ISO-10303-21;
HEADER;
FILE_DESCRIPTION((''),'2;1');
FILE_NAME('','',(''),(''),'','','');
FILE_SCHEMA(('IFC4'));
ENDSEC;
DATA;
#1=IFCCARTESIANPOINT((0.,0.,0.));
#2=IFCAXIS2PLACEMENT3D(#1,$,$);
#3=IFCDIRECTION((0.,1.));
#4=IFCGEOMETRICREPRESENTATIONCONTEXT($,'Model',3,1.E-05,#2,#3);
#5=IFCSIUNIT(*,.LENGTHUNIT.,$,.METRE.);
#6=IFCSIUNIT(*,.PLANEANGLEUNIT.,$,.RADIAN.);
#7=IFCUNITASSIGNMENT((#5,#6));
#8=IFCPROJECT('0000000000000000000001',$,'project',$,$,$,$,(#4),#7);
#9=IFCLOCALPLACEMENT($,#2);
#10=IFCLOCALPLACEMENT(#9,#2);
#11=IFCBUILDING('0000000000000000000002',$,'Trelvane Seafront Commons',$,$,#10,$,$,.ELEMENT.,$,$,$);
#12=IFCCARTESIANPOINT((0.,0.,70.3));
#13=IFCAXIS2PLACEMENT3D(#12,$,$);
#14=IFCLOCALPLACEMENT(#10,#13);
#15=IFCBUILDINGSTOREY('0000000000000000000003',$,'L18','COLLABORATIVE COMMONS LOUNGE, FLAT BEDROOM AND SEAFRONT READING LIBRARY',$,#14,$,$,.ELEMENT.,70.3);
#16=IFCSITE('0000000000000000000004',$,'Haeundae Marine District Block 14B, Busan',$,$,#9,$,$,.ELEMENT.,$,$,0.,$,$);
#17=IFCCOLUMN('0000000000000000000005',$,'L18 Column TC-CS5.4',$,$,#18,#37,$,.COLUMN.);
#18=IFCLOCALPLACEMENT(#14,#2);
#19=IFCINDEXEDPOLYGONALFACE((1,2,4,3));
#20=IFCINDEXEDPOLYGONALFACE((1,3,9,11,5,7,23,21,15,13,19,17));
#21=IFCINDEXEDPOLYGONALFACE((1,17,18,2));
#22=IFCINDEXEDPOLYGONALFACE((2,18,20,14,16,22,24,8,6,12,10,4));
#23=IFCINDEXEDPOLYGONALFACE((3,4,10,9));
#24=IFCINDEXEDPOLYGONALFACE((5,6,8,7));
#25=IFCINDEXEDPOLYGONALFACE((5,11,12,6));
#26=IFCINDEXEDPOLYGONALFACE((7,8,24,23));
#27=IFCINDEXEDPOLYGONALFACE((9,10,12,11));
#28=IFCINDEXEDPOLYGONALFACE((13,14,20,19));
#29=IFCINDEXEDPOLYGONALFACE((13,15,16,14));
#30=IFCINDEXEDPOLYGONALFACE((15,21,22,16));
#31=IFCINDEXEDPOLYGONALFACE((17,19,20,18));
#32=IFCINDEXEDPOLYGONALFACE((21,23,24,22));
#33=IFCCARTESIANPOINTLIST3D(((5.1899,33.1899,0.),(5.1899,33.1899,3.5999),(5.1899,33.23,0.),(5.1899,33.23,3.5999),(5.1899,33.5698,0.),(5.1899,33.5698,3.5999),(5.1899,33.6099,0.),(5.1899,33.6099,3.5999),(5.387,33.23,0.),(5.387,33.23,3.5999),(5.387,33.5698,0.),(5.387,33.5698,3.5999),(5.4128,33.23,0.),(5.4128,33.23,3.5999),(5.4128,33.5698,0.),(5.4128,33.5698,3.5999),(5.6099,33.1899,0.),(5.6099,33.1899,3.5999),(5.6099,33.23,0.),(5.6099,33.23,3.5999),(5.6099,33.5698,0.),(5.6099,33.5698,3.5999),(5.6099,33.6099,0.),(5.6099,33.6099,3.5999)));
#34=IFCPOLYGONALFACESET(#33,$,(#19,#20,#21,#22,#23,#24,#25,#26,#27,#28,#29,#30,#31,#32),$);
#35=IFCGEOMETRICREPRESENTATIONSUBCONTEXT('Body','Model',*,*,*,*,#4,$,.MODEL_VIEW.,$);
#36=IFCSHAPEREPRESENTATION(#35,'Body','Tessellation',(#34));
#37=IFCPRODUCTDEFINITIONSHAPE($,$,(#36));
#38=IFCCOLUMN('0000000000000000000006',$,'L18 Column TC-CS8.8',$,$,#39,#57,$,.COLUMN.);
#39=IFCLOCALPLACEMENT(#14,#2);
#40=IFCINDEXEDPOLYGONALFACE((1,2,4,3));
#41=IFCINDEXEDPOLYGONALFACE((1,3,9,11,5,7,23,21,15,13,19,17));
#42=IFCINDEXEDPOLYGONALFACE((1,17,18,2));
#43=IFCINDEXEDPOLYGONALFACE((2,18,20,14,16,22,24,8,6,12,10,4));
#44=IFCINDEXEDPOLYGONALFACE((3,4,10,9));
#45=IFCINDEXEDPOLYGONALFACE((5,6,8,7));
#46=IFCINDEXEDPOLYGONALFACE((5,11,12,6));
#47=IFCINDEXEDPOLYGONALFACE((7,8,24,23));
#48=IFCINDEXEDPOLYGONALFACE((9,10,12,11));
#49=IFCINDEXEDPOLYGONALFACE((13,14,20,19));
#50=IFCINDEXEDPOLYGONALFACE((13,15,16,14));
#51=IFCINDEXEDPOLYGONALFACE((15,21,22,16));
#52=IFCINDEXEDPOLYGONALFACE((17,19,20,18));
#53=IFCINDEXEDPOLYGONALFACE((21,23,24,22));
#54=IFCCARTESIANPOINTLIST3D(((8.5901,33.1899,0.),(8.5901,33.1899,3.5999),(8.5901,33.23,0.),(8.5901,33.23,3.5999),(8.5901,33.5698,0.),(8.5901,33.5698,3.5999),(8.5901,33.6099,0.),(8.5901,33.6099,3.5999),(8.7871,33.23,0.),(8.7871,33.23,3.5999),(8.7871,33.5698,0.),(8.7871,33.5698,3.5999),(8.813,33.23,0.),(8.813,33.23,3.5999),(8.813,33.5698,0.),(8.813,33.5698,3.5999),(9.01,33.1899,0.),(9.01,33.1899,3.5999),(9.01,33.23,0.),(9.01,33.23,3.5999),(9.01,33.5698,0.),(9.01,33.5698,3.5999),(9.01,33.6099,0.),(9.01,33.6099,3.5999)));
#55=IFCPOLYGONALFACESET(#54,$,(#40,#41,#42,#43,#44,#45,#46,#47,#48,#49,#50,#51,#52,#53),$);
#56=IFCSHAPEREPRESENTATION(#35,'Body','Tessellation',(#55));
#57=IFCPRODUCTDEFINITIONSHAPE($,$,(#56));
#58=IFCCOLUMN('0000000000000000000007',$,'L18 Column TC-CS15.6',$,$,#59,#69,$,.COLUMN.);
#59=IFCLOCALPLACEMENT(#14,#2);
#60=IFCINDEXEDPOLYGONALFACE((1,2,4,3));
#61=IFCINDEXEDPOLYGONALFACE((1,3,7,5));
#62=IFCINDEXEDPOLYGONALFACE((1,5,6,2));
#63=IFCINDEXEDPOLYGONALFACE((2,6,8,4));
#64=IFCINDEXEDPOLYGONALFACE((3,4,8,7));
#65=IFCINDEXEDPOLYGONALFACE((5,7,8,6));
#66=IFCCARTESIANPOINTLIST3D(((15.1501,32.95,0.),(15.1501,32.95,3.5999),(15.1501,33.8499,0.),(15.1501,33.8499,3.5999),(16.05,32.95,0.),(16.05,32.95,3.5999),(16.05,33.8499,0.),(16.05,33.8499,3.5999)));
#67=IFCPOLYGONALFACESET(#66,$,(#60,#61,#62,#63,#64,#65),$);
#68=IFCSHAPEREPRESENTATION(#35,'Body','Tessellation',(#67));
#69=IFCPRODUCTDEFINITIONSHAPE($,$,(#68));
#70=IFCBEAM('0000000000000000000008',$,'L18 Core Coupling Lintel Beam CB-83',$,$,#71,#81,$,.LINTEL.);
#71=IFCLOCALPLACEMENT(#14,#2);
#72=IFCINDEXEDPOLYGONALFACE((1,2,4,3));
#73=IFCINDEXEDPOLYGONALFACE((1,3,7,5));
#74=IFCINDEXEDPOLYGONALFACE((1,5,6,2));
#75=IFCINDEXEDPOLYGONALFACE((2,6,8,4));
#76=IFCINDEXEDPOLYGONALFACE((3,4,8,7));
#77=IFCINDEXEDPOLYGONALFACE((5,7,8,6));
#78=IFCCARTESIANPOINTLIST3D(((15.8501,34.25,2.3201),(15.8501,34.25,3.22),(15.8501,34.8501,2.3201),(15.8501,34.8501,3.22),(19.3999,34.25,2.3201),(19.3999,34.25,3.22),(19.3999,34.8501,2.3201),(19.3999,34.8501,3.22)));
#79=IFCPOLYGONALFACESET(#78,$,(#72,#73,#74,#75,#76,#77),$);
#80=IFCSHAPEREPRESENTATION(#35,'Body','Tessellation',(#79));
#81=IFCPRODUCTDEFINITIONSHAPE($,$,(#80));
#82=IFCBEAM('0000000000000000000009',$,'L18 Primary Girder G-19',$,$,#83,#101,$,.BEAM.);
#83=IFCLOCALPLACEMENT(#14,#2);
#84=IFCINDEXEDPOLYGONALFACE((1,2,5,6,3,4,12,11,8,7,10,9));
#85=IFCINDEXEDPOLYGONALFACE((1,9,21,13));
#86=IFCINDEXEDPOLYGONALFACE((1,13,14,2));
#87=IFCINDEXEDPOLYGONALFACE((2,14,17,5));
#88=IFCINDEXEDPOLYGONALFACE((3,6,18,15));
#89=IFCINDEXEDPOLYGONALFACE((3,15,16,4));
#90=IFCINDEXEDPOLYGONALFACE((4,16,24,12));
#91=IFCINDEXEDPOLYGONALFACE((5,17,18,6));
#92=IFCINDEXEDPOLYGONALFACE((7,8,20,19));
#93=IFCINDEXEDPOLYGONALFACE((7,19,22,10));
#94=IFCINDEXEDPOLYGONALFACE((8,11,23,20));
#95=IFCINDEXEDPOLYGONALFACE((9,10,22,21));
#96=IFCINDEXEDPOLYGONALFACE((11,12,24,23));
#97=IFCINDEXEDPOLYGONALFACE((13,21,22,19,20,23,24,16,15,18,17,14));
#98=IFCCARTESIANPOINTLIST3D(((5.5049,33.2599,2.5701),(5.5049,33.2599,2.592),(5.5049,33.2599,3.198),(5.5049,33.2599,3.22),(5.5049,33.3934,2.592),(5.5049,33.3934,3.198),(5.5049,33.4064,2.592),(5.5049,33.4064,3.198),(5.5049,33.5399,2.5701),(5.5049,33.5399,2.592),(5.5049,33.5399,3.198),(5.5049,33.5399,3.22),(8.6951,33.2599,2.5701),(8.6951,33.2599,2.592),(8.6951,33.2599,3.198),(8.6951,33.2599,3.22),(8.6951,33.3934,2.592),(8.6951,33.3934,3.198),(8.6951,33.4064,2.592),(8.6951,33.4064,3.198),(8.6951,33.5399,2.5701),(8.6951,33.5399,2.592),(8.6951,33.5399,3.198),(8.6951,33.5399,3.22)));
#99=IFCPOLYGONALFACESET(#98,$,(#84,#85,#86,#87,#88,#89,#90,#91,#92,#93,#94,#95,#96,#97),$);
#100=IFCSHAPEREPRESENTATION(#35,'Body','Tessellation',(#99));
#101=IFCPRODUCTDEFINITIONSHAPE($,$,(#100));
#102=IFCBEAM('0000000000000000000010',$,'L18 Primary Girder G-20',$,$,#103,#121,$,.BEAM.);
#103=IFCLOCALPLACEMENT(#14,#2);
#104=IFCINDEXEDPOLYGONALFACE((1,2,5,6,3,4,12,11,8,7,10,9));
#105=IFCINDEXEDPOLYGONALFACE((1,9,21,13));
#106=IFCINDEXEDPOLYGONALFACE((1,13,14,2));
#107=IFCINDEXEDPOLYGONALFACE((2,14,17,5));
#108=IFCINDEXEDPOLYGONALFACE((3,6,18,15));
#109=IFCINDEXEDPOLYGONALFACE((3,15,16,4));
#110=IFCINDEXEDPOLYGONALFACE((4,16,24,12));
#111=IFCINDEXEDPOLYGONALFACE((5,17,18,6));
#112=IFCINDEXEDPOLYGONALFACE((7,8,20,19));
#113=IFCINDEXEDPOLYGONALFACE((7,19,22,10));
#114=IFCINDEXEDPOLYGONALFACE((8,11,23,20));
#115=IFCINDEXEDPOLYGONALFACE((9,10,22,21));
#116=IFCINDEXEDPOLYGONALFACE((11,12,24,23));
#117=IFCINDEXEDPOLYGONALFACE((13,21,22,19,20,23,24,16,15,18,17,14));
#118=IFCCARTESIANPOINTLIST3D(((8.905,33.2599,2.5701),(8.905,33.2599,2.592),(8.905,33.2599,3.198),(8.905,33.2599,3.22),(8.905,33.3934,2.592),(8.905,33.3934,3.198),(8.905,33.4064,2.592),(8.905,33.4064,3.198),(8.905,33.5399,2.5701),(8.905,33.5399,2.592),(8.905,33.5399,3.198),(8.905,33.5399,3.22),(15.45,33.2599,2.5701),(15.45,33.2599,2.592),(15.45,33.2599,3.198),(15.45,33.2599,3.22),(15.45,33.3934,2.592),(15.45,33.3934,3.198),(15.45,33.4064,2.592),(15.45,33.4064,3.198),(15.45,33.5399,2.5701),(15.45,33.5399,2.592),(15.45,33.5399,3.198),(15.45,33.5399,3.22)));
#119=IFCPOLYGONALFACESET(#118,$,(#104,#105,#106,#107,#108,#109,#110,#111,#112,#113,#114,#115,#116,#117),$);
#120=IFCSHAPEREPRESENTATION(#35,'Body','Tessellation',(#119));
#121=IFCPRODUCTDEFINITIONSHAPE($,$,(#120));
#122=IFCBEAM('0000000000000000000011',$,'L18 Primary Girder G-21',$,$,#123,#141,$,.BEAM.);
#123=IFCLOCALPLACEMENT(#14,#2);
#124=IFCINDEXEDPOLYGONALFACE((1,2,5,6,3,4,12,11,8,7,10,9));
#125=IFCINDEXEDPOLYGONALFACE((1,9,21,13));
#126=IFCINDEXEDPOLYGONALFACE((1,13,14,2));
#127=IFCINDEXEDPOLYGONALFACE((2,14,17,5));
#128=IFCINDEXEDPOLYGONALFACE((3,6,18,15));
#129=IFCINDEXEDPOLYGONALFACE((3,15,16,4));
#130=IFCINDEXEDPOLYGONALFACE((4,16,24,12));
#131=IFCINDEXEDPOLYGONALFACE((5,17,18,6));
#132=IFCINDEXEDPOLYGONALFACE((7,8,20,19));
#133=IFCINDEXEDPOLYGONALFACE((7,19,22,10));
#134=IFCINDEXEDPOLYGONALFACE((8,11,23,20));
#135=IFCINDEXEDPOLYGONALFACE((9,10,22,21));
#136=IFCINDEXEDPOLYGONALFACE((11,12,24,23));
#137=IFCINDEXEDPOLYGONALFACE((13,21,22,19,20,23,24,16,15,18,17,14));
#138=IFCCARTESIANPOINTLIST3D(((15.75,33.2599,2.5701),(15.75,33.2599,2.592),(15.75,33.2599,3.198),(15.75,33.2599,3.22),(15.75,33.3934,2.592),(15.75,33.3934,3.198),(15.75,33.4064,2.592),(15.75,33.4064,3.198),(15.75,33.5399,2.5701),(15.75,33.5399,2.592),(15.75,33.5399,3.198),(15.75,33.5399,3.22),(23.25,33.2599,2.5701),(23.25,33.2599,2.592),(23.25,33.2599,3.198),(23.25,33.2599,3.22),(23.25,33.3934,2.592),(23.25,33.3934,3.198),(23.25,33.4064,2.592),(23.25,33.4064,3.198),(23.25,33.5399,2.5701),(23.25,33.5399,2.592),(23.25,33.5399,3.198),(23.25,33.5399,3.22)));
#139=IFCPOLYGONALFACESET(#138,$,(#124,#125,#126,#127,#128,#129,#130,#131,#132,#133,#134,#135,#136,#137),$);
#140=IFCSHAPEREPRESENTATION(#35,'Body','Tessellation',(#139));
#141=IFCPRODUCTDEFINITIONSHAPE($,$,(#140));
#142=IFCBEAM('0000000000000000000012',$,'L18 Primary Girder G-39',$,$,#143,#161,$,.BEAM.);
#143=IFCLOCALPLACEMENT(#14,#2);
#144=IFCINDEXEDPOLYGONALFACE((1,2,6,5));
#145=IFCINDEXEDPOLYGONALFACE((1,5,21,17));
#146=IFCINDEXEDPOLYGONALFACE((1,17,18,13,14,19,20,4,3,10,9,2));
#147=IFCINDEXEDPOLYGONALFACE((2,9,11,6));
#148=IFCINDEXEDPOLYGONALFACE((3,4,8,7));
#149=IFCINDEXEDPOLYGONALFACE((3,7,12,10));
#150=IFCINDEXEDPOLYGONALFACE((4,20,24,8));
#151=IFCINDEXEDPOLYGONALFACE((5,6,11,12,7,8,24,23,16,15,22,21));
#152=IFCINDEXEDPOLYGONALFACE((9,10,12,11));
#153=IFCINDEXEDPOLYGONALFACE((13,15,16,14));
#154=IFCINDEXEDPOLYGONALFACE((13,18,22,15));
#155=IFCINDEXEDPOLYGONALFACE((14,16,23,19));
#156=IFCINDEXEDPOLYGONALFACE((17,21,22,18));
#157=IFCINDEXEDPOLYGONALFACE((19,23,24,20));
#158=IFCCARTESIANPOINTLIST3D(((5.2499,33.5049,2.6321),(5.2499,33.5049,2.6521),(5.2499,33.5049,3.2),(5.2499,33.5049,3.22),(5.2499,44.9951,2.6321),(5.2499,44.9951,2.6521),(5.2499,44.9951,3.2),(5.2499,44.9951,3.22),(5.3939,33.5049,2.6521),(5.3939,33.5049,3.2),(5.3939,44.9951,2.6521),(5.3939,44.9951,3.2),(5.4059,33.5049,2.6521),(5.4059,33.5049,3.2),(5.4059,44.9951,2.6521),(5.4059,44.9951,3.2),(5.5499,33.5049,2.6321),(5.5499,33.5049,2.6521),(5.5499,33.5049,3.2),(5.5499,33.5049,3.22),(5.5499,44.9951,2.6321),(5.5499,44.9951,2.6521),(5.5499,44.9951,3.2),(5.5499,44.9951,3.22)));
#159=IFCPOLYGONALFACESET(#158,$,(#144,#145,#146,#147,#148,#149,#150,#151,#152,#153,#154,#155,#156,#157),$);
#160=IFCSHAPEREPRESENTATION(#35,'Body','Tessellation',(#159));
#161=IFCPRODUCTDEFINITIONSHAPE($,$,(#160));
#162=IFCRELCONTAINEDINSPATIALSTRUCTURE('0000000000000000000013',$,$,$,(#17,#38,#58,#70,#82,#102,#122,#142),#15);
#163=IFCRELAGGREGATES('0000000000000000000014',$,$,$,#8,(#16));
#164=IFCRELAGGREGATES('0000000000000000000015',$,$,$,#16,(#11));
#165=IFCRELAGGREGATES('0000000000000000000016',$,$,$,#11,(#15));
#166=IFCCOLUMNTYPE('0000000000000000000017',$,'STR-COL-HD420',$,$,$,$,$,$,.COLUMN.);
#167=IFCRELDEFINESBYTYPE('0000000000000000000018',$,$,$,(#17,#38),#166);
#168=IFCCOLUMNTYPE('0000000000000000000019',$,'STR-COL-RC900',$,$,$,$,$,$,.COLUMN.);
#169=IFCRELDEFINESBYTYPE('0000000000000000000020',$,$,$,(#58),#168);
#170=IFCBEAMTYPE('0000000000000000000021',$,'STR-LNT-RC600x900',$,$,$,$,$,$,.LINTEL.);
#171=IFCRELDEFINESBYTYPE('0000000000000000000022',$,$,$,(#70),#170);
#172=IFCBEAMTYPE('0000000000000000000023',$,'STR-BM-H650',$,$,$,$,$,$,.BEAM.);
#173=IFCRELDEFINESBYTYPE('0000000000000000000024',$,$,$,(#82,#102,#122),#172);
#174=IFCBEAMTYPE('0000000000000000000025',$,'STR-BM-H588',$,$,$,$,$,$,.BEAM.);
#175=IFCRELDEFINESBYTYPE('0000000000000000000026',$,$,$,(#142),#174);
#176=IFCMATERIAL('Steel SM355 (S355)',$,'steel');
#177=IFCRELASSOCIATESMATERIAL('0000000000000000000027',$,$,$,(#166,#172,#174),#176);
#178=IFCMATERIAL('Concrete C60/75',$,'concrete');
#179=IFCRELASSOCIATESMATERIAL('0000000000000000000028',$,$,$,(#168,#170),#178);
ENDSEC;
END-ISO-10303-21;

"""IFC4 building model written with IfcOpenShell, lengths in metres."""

from ifc_helpers import new_model, si_unit, direction, frame, origin, origin_2d, place, context, subcontext, project, spatial, rectangle, i_section, extrude, source, transform, mapped, material, material_profile, profile_set, type_object, element, save


model = new_model("IFC4")

# Units and contexts
model_context = context("Model", 3, precision=1e-05, world=origin(), true_north=direction((0.0, 1.0)))
body_context = subcontext(model_context, "Body", "Model", "MODEL_VIEW")
ifc_project = project(units=[si_unit("LENGTHUNIT", "METRE"), si_unit("PLANEANGLEUNIT", "RADIAN")], contexts=[model_context])

# Site, building, storey
site_placement = place(None, origin())
site = spatial("IfcSite", under=ifc_project, at=site_placement, Name="Haeundae Marine District Block 14B, Busan", CompositionType="ELEMENT", RefElevation=0.0)
building_placement = place(site_placement, origin())
building = spatial("IfcBuilding", under=site, at=building_placement, Name="Trelvane Seafront Commons", CompositionType="ELEMENT")
storey_placement = place(building_placement, frame((0.0, 0.0, 70.3)))
storey = spatial("IfcBuildingStorey", under=building, at=storey_placement, Name="L18", Description="COLLABORATIVE COMMONS LOUNGE, FLAT BEDROOM AND SEAFRONT READING LIBRARY", CompositionType="ELEMENT", Elevation=70.3)

# Columns
ifc_material_1 = material(Name="Steel SM355 (S355)", Category="steel")
ifc_material_profile_1 = material_profile(ifc_material_1, i_section(OverallWidth=0.4199, OverallDepth=0.4199, WebThickness=0.0259, FlangeThickness=0.04, at=origin_2d()), Name="HD-420x420x26x40")
ifc_profile_set_1 = profile_set([ifc_material_profile_1], Name="Steel SM355 (S355)")
column_type_1 = type_object("IfcColumnType", Name="STR-COL-HD420", PredefinedType="COLUMN", material=ifc_profile_set_1)
shared_shape_1 = source(origin(), body_context, "Body", "SweptSolid", [
    extrude(i_section(OverallWidth=0.4199, OverallDepth=0.4199, WebThickness=0.0259, FlangeThickness=0.04, at=origin_2d()), origin(), (0.0, 0.0, 1.0), 3.5999),
])
for number, where, z_axis, x_axis, name in (
    (1, (5.3999, 33.3999, 0.0), (0.0, 0.0, 1.0), (1.0, 0.0, 0.0), "L18 Column TC-CS5.4"),
    (2, (8.8, 33.3999, 0.0), (0.0, 0.0, 1.0), (1.0, 0.0, 0.0), "L18 Column TC-CS8.8"),
):
    element("IfcColumn", number, at=place(storey_placement, frame(where, z_axis=z_axis, x_axis=x_axis)), inside=storey, type_object=column_type_1, Name=name, PredefinedType="COLUMN", context=body_context, shape_type="MappedRepresentation", body=[
        mapped(shared_shape_1, transform((0.0, 0.0, 0.0), x_axis=(1.0, 0.0, 0.0), y_axis=(0.0, 1.0, 0.0), z_axis=(0.0, 0.0, 1.0), scale=1.0)),
    ])
ifc_material_2 = material(Name="Concrete C60/75", Category="concrete")
ifc_material_profile_2 = material_profile(ifc_material_2, rectangle(XDim=0.8999, YDim=0.8999, at=origin_2d()), Name="RC-900x900")
ifc_profile_set_2 = profile_set([ifc_material_profile_2], Name="Concrete C60/75")
column_type_2 = type_object("IfcColumnType", Name="STR-COL-RC900", PredefinedType="COLUMN", material=ifc_profile_set_2)
shared_shape_2 = source(origin(), body_context, "Body", "SweptSolid", [
    extrude(rectangle(XDim=0.8999, YDim=0.8999, at=origin_2d()), origin(), (0.0, 0.0, 1.0), 3.5999),
])
column_placement = place(storey_placement, frame((15.6001, 33.3999, 0.0), z_axis=(0.0, 0.0, 1.0), x_axis=(1.0, 0.0, 0.0)))
element("IfcColumn", 3, at=column_placement, inside=storey, type_object=column_type_2, Name="L18 Column TC-CS15.6", PredefinedType="COLUMN", context=body_context, shape_type="MappedRepresentation", body=[
    mapped(shared_shape_2, transform((0.0, 0.0, 0.0), x_axis=(1.0, 0.0, 0.0), y_axis=(0.0, 1.0, 0.0), z_axis=(0.0, 0.0, 1.0), scale=1.0)),
])

# Beams
ifc_material_profile_3 = material_profile(ifc_material_2, rectangle(XDim=0.6001, YDim=0.8999, at=origin_2d()), Name="RC-600x900")
ifc_profile_set_3 = profile_set([ifc_material_profile_3], Name="Concrete C60/75")
beam_type_1 = type_object("IfcBeamType", Name="STR-LNT-RC600x900", PredefinedType="LINTEL", material=ifc_profile_set_3)
shared_shape_3 = source(origin(), body_context, "Body", "SweptSolid", [
    extrude(rectangle(XDim=0.6001, YDim=0.8999, at=origin_2d()), origin(), (0.0, 0.0, 1.0), 3.5498),
])
beam_1_placement = place(storey_placement, frame((15.8501, 34.55, 2.77), z_axis=(1.0, 0.0, 0.0), x_axis=(0.0, 1.0, 0.0)))
element("IfcBeam", 4, at=beam_1_placement, inside=storey, type_object=beam_type_1, Name="L18 Core Coupling Lintel Beam CB-83", PredefinedType="LINTEL", context=body_context, shape_type="MappedRepresentation", body=[
    mapped(shared_shape_3, transform((0.0, 0.0, 0.0), x_axis=(1.0, 0.0, 0.0), y_axis=(0.0, 1.0, 0.0), z_axis=(0.0, 0.0, 1.0), scale=1.0)),
])
ifc_material_profile_4 = material_profile(ifc_material_1, i_section(OverallWidth=0.28, OverallDepth=0.6499, WebThickness=0.0129, FlangeThickness=0.022, at=origin_2d()), Name="H-650x280x13x22")
ifc_profile_set_4 = profile_set([ifc_material_profile_4], Name="Steel SM355 (S355)")
beam_type_2 = type_object("IfcBeamType", Name="STR-BM-H650", PredefinedType="BEAM", material=ifc_profile_set_4)
shared_shape_4 = source(origin(), body_context, "Body", "SweptSolid", [
    extrude(i_section(OverallWidth=0.28, OverallDepth=0.6499, WebThickness=0.0129, FlangeThickness=0.022, at=origin_2d()), origin(), (0.0, 0.0, 1.0), 3.1902),
])
beam_2_placement = place(storey_placement, frame((5.5049, 33.3999, 2.895), z_axis=(1.0, 0.0, 0.0), x_axis=(0.0, 1.0, 0.0)))
element("IfcBeam", 5, at=beam_2_placement, inside=storey, type_object=beam_type_2, Name="L18 Primary Girder G-19", PredefinedType="BEAM", context=body_context, shape_type="MappedRepresentation", body=[
    mapped(shared_shape_4, transform((0.0, 0.0, 0.0), x_axis=(1.0, 0.0, 0.0), y_axis=(0.0, 1.0, 0.0), z_axis=(0.0, 0.0, 1.0), scale=1.0)),
])
shared_shape_5 = source(origin(), body_context, "Body", "SweptSolid", [
    extrude(i_section(OverallWidth=0.28, OverallDepth=0.6499, WebThickness=0.0129, FlangeThickness=0.022, at=origin_2d()), origin(), (0.0, 0.0, 1.0), 6.5449),
])
beam_3_placement = place(storey_placement, frame((8.905, 33.3999, 2.895), z_axis=(1.0, 0.0, 0.0), x_axis=(0.0, 1.0, 0.0)))
element("IfcBeam", 6, at=beam_3_placement, inside=storey, type_object=beam_type_2, Name="L18 Primary Girder G-20", PredefinedType="BEAM", context=body_context, shape_type="MappedRepresentation", body=[
    mapped(shared_shape_5, transform((0.0, 0.0, 0.0), x_axis=(1.0, 0.0, 0.0), y_axis=(0.0, 1.0, 0.0), z_axis=(0.0, 0.0, 1.0), scale=1.0)),
])
shared_shape_6 = source(origin(), body_context, "Body", "SweptSolid", [
    extrude(i_section(OverallWidth=0.28, OverallDepth=0.6499, WebThickness=0.0129, FlangeThickness=0.022, at=origin_2d()), origin(), (0.0, 0.0, 1.0), 7.5),
])
beam_4_placement = place(storey_placement, frame((15.75, 33.3999, 2.895), z_axis=(1.0, 0.0, 0.0), x_axis=(0.0, 1.0, 0.0)))
element("IfcBeam", 7, at=beam_4_placement, inside=storey, type_object=beam_type_2, Name="L18 Primary Girder G-21", PredefinedType="BEAM", context=body_context, shape_type="MappedRepresentation", body=[
    mapped(shared_shape_6, transform((0.0, 0.0, 0.0), x_axis=(1.0, 0.0, 0.0), y_axis=(0.0, 1.0, 0.0), z_axis=(0.0, 0.0, 1.0), scale=1.0)),
])
ifc_material_profile_5 = material_profile(ifc_material_1, i_section(OverallWidth=0.3, OverallDepth=0.5879, WebThickness=0.012, FlangeThickness=0.02, at=origin_2d()), Name="H-588x300x12x20")
ifc_profile_set_5 = profile_set([ifc_material_profile_5], Name="Steel SM355 (S355)")
beam_type_3 = type_object("IfcBeamType", Name="STR-BM-H588", PredefinedType="BEAM", material=ifc_profile_set_5)
shared_shape_7 = source(origin(), body_context, "Body", "SweptSolid", [
    extrude(i_section(OverallWidth=0.3, OverallDepth=0.5879, WebThickness=0.012, FlangeThickness=0.02, at=origin_2d()), origin(), (0.0, 0.0, 1.0), 11.4902),
])
for number, where, z_axis, x_axis, name in (
    (8, (5.3999, 33.5049, 2.926), (0.0, 1.0, 0.0), (-1.0, 0.0, 0.0), "L18 Primary Girder G-39"),
):
    element("IfcBeam", number, at=place(storey_placement, frame(where, z_axis=z_axis, x_axis=x_axis)), inside=storey, type_object=beam_type_3, Name=name, PredefinedType="BEAM", context=body_context, shape_type="MappedRepresentation", body=[
        mapped(shared_shape_7, transform((0.0, 0.0, 0.0), x_axis=(1.0, 0.0, 0.0), y_axis=(0.0, 1.0, 0.0), z_axis=(0.0, 0.0, 1.0), scale=1.0)),
    ])

save(model, "model.ifc")
